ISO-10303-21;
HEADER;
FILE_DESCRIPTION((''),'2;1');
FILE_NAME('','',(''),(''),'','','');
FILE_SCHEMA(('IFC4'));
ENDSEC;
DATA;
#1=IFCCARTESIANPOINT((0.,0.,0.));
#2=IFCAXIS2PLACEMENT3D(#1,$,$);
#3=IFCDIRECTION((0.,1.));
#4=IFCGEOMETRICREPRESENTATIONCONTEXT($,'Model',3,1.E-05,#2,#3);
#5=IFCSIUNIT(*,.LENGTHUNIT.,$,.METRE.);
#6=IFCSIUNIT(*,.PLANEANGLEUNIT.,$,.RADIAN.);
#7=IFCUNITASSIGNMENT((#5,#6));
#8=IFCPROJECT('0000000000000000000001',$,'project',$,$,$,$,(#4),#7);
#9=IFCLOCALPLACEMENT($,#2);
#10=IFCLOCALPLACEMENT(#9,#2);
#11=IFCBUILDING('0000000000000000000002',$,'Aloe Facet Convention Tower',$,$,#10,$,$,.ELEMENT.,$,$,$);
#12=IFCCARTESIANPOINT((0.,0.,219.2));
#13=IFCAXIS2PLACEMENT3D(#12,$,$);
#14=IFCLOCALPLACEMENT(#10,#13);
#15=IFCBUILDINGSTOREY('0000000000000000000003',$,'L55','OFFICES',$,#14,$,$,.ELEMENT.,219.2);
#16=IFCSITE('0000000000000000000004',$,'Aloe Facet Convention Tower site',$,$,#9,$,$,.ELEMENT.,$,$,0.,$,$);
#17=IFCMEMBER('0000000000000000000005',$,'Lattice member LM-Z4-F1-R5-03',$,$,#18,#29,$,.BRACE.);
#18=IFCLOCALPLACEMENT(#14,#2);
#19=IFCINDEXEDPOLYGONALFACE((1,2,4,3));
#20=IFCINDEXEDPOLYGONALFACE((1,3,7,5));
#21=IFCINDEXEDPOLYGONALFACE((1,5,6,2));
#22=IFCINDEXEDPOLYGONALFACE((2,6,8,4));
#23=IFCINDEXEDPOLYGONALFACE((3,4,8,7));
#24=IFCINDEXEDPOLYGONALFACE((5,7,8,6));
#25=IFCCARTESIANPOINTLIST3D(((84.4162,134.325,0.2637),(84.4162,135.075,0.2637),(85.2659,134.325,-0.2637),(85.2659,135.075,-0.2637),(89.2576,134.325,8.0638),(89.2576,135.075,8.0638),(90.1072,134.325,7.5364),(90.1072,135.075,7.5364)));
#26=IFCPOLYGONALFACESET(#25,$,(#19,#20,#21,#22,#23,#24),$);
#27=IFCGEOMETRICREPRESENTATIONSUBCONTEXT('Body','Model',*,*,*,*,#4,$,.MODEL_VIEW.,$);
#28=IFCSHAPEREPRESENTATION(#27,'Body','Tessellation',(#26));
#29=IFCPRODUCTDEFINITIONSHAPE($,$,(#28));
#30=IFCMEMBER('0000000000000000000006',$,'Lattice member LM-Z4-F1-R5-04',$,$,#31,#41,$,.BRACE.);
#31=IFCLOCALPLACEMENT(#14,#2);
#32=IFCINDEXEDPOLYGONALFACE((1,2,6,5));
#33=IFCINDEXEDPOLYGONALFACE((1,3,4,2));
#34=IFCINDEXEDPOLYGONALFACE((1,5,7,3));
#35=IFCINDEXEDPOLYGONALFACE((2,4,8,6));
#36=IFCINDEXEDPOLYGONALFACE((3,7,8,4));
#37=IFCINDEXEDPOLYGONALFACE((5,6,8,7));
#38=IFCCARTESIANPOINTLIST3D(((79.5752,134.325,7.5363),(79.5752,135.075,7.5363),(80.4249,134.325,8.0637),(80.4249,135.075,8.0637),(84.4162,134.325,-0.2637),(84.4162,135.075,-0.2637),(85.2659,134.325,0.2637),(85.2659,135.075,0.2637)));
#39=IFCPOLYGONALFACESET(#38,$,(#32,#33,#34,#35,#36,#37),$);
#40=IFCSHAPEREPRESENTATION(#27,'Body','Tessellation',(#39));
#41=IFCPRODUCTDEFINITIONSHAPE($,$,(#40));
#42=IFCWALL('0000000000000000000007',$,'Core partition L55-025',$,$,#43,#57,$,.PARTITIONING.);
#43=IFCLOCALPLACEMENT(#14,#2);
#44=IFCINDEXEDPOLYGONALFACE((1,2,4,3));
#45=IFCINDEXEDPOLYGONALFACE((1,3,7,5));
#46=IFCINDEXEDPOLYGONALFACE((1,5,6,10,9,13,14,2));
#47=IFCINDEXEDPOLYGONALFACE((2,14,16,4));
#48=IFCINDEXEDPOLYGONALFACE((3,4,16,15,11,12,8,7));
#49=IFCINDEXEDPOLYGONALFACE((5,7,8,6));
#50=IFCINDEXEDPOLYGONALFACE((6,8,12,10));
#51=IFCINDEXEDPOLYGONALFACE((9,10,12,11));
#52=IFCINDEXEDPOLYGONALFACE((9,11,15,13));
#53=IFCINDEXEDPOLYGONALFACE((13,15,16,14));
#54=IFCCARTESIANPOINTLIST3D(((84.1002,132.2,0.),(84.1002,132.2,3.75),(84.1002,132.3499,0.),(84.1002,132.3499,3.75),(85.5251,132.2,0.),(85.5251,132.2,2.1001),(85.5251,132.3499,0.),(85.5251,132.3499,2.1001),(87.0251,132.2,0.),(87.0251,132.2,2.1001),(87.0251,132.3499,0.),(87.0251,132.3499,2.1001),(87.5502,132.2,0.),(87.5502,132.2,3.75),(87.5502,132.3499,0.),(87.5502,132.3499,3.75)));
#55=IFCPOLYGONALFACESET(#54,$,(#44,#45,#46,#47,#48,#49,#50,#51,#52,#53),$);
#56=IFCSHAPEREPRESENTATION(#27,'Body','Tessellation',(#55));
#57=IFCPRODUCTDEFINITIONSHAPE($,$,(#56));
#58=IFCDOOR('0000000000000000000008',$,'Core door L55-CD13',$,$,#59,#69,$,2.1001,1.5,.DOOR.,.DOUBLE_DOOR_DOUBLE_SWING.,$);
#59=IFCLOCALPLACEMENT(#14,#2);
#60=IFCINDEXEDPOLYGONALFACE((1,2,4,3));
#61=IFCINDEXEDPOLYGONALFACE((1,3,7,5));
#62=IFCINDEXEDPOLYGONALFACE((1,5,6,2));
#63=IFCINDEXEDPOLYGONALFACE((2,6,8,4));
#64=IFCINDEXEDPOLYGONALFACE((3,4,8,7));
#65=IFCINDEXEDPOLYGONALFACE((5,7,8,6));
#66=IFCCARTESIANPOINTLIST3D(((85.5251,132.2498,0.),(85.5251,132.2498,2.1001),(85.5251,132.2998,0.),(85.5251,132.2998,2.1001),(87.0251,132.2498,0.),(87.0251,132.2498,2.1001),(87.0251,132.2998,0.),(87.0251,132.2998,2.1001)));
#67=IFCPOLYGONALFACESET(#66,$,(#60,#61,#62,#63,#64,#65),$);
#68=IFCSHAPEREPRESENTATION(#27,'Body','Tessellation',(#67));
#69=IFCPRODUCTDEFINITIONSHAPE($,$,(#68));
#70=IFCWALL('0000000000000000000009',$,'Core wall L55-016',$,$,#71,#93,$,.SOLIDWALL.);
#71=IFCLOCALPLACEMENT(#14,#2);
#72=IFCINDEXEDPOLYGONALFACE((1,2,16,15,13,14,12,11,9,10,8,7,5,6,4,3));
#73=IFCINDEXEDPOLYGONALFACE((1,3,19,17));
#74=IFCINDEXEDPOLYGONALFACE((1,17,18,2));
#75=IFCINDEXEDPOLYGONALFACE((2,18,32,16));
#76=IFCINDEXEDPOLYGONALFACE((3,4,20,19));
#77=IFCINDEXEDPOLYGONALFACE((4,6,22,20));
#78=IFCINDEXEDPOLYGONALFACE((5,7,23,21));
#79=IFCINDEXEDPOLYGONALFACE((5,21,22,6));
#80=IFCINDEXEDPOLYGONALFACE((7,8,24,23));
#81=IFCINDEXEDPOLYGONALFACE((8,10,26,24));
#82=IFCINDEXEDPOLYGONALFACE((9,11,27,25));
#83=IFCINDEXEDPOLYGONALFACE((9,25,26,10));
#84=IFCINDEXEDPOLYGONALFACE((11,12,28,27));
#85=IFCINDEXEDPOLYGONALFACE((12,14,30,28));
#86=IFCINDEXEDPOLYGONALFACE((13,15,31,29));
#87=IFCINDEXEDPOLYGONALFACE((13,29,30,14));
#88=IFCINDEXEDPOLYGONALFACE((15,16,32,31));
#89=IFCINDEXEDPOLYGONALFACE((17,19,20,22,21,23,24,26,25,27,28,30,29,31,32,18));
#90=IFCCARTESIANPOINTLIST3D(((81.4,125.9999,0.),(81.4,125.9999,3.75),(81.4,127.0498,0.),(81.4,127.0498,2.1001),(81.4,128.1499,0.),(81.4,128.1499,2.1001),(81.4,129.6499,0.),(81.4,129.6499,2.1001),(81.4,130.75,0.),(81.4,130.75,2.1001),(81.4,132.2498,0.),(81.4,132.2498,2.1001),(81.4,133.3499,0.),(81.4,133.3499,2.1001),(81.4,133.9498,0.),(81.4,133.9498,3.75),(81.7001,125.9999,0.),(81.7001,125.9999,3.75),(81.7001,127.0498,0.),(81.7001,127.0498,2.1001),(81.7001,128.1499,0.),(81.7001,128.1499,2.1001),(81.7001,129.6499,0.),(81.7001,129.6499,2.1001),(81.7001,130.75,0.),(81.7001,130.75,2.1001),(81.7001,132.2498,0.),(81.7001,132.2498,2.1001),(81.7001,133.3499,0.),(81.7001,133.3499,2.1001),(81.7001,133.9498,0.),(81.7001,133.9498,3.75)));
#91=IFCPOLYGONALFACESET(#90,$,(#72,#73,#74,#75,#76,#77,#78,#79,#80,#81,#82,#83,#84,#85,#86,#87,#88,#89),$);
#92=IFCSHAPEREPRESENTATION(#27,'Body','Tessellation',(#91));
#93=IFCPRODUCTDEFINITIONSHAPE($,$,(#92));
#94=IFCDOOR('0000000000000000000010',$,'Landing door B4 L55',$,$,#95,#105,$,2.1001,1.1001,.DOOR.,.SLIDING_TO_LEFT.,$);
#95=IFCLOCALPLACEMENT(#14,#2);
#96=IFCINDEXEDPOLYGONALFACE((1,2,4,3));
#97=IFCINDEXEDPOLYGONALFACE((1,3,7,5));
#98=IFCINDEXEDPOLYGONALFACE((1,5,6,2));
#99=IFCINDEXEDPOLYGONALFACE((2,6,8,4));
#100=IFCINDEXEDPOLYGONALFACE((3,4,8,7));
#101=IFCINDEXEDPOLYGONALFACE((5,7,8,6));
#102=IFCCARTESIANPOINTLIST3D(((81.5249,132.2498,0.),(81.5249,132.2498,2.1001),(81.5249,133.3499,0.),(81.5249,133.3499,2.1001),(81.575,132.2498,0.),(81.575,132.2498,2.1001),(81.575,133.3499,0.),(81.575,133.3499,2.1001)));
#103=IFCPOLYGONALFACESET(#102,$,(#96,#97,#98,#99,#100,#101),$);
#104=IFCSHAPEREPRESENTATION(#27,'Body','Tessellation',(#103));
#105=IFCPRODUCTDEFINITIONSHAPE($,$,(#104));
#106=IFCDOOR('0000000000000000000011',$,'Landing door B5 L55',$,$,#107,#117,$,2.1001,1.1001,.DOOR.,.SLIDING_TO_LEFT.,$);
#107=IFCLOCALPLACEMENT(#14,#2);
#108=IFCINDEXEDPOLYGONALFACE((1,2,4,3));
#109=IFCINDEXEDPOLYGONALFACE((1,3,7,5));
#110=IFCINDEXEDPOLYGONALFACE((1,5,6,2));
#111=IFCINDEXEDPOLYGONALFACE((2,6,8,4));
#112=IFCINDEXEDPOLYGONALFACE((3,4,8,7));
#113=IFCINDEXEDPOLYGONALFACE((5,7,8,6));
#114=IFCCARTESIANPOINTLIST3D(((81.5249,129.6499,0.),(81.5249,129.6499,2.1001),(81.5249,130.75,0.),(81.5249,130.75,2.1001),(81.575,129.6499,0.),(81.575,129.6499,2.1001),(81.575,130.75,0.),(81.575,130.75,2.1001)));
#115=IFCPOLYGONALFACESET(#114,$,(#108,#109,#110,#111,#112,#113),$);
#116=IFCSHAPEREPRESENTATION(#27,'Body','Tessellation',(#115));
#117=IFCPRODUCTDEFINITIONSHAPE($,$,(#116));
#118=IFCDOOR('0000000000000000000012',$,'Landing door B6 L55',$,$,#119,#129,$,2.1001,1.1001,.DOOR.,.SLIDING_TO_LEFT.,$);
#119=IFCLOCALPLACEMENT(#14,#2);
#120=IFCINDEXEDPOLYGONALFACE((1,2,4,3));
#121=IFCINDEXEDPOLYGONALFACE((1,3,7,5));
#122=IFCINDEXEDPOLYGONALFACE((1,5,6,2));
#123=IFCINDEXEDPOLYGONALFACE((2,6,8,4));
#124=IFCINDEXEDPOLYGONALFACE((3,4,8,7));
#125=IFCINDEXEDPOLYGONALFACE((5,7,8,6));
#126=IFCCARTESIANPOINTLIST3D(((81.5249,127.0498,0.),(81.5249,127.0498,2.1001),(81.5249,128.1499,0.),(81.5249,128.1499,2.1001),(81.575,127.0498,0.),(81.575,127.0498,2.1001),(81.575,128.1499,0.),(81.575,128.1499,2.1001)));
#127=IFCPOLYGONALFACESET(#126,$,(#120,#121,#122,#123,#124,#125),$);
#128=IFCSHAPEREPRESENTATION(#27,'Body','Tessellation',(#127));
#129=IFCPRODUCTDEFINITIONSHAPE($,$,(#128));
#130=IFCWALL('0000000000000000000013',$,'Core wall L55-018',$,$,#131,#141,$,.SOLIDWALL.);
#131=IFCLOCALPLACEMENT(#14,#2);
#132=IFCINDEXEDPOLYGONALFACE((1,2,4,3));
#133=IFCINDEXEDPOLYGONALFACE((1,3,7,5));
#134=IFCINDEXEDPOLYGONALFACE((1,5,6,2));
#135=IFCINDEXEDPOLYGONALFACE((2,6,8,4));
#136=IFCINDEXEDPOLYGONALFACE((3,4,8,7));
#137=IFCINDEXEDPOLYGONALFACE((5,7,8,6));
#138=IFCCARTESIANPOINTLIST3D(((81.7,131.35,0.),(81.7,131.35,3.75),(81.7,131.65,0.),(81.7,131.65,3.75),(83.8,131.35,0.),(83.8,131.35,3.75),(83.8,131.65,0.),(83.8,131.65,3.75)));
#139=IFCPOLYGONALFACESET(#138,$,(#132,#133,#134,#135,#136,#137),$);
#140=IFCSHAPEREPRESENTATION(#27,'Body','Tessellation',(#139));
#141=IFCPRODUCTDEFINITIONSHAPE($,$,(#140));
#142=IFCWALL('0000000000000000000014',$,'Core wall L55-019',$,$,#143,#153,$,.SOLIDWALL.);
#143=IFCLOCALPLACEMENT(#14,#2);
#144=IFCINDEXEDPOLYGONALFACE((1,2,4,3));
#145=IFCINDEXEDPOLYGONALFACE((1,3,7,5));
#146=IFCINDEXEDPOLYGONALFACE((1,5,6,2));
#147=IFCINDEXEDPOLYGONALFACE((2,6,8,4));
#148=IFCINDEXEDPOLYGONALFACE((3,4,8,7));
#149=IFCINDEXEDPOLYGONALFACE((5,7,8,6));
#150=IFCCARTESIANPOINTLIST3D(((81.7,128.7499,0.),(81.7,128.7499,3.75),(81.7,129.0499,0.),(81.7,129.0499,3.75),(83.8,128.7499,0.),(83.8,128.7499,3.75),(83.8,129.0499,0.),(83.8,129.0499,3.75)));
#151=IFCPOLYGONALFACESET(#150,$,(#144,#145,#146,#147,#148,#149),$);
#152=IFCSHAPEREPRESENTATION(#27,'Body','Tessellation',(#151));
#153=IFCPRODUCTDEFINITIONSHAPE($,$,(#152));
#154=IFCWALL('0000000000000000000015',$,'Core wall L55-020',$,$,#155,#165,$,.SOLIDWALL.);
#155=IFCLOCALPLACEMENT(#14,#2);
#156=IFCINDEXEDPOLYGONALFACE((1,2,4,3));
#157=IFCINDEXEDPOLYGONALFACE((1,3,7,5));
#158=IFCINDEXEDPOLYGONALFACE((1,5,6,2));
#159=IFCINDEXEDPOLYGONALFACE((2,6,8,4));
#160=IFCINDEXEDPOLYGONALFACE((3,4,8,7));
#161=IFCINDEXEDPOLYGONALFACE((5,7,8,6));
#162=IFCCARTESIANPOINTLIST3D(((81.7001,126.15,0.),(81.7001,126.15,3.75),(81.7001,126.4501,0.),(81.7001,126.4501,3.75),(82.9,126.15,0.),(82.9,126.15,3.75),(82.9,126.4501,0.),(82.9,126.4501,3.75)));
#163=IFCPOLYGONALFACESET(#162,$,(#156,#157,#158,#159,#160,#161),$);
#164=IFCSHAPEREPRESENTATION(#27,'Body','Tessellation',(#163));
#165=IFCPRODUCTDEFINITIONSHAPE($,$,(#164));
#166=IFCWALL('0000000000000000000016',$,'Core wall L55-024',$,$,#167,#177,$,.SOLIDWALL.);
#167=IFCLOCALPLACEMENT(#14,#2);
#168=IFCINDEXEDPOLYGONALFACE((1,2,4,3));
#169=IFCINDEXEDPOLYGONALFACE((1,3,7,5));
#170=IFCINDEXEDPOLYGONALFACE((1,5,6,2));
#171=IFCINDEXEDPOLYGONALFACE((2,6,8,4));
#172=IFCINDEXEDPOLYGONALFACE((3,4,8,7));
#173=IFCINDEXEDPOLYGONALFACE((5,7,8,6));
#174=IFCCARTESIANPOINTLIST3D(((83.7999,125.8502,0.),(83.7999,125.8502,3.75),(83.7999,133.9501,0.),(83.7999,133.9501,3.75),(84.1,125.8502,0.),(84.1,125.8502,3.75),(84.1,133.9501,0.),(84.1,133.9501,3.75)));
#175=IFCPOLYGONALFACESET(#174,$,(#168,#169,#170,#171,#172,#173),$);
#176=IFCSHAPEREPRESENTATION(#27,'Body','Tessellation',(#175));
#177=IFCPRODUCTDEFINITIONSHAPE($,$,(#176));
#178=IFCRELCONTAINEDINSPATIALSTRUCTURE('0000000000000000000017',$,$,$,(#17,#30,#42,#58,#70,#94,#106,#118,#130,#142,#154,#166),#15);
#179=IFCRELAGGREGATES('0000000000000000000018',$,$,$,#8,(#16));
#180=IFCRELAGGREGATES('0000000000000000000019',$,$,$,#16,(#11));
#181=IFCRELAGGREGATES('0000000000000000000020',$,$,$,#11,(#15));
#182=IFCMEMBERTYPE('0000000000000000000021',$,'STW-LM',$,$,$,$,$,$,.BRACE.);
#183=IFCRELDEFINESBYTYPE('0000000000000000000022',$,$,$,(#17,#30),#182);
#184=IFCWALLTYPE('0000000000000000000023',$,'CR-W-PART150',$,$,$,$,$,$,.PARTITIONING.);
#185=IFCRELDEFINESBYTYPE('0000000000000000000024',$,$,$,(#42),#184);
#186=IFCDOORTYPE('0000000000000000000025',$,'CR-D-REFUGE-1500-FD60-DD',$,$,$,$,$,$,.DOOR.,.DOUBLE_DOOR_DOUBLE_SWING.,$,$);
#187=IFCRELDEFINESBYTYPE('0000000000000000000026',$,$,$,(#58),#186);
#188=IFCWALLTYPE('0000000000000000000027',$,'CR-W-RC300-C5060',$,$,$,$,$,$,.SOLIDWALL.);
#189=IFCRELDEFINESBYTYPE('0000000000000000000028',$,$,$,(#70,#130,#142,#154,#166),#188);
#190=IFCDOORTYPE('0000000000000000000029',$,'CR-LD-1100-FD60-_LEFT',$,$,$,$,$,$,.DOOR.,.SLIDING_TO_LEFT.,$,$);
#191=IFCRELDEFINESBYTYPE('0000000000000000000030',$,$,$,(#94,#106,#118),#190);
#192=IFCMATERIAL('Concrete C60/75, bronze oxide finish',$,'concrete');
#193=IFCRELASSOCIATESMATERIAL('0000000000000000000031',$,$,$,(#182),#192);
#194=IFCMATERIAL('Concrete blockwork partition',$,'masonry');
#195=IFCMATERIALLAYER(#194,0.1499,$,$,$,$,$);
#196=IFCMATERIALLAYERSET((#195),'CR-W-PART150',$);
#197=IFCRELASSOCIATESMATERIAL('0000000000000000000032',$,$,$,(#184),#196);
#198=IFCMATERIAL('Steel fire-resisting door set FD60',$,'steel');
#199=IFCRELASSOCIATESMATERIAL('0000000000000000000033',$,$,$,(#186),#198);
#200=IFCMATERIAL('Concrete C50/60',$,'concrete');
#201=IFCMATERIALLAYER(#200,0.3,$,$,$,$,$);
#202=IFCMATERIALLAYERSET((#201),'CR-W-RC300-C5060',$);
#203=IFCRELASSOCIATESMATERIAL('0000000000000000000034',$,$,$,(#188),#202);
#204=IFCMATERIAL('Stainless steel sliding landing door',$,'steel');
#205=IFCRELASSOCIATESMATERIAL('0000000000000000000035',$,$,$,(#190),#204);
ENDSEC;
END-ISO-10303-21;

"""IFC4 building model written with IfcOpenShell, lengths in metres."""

from ifc_helpers import new_model, si_unit, direction, frame, frame_2d, origin, origin_2d, place, context, subcontext, project, spatial, rectangle, extrude, material, layer, layer_set, material_profile, profile_set, type_object, element, fill, save


model = new_model("IFC4")

# Units and contexts
model_context = context("Model", 3, precision=1e-05, world=origin(), true_north=direction((0.0, 1.0)))
body_context = subcontext(model_context, "Body", "Model", "MODEL_VIEW")
ifc_project = project(units=[si_unit("LENGTHUNIT", "METRE"), si_unit("PLANEANGLEUNIT", "RADIAN")], contexts=[model_context])

# Site, building, storey
site_placement = place(None, origin())
site = spatial("IfcSite", under=ifc_project, at=site_placement, Name="Aloe Facet Convention Tower site", CompositionType="ELEMENT", RefElevation=0.0)
building_placement = place(site_placement, origin())
building = spatial("IfcBuilding", under=site, at=building_placement, Name="Aloe Facet Convention Tower", CompositionType="ELEMENT")
storey_placement = place(building_placement, frame((0.0, 0.0, 219.2)))
storey = spatial("IfcBuildingStorey", under=building, at=storey_placement, Name="L55", Description="OFFICES", CompositionType="ELEMENT", Elevation=219.2)

# Members
ifc_material_1 = material(Name="Concrete C60/75, bronze oxide finish", Category="concrete")
ifc_material_profile = material_profile(ifc_material_1, rectangle(XDim=0.75, YDim=1.0, at=origin_2d()), Name="STW-LM")
ifc_profile_set = profile_set([ifc_material_profile], Name="Concrete C60/75, bronze oxide finish")
member_type = type_object("IfcMemberType", Name="STW-LM", PredefinedType="BRACE", material=ifc_profile_set)
member_1_placement = place(storey_placement, frame((84.8411, 134.7, 0.0), z_axis=(0.527355, 0.0, 0.849645), x_axis=(0.0, 1.0, 0.0)))
element("IfcMember", 1, at=member_1_placement, inside=storey, type_object=member_type, Name="Lattice member LM-Z4-F1-R5-03", PredefinedType="BRACE", context=body_context, shape_type="SweptSolid", body=[
    extrude(rectangle(XDim=0.75, YDim=1.0, at=origin_2d()), origin(), (0.0, 0.0, 1.0), 9.1804),
])
member_2_placement = place(storey_placement, frame((84.8411, 134.7, 0.0), z_axis=(-0.527336, 0.0, 0.849657), x_axis=(0.0, -1.0, 0.0)))
element("IfcMember", 2, at=member_2_placement, inside=storey, type_object=member_type, Name="Lattice member LM-Z4-F1-R5-04", PredefinedType="BRACE", context=body_context, shape_type="SweptSolid", body=[
    extrude(rectangle(XDim=0.75, YDim=1.0, at=origin_2d()), origin(), (0.0, 0.0, 1.0), 9.1802),
])

# Wall, opening, door
ifc_material_2 = material(Name="Concrete blockwork partition", Category="masonry")
ifc_layer_1 = layer(ifc_material_2, 0.1499)
ifc_layer_set_1 = layer_set([ifc_layer_1], Name="CR-W-PART150")
wall_type_1 = type_object("IfcWallType", Name="CR-W-PART150", PredefinedType="PARTITIONING", material=ifc_layer_set_1)
wall_1_placement = place(storey_placement, frame((84.1001, 132.2749, 0.0), z_axis=(0.0, 0.0, 1.0), x_axis=(1.0, 0.0, 0.0)))
wall_1 = element("IfcWall", 3, at=wall_1_placement, inside=storey, type_object=wall_type_1, Name="Core partition L55-025", PredefinedType="PARTITIONING", context=body_context, shape_type="SweptSolid", body=[
    extrude(rectangle(XDim=3.45, YDim=0.1499, at=frame_2d((1.7251, 0.0))), origin(), (0.0, 0.0, 1.0), 3.75),
])
opening_1_placement = place(wall_1_placement, frame((1.425, 0.0, 0.0)))
opening_1 = element("IfcOpeningElement", 4, at=opening_1_placement, cuts=wall_1, PredefinedType="OPENING", context=body_context, shape_type="SweptSolid", body=[
    extrude(rectangle(XDim=1.5, YDim=2.1001, at=frame_2d((0.75, 1.05))), frame((0.0, 0.085, 0.0), z_axis=(0.0, -1.0, 0.0), x_axis=(1.0, 0.0, 0.0)), (0.0, 0.0, 1.0), 0.1699),
])
ifc_material_3 = material(Name="Steel fire-resisting door set FD60", Category="steel")
door_type_1 = type_object("IfcDoorType", Name="CR-D-REFUGE-1500-FD60-DD", OperationType="DOUBLE_DOOR_DOUBLE_SWING", PredefinedType="DOOR", material=ifc_material_3)
door_1_placement = place(opening_1_placement, origin())
door_1 = element("IfcDoor", 5, at=door_1_placement, inside=storey, type_object=door_type_1, Name="Core door L55-CD13", OperationType="DOUBLE_DOOR_DOUBLE_SWING", OverallHeight=2.1001, OverallWidth=1.5, PredefinedType="DOOR", context=body_context, shape_type="SweptSolid", body=[
    extrude(rectangle(XDim=1.5, YDim=2.1001, at=frame_2d((0.75, 1.05))), frame((0.0, 0.0249, 0.0), z_axis=(0.0, -1.0, 0.0), x_axis=(1.0, 0.0, 0.0)), (0.0, 0.0, 1.0), 0.05),
])
fill(opening_1, door_1)

# Wall, openings, doors
ifc_material_4 = material(Name="Concrete C50/60", Category="concrete")
ifc_layer_2 = layer(ifc_material_4, 0.3)
ifc_layer_set_2 = layer_set([ifc_layer_2], Name="CR-W-RC300-C5060")
wall_type_2 = type_object("IfcWallType", Name="CR-W-RC300-C5060", PredefinedType="SOLIDWALL", material=ifc_layer_set_2)
wall_2_placement = place(storey_placement, frame((81.55, 133.95, 0.0), z_axis=(0.0, 0.0, 1.0), x_axis=(0.0, -1.0, 0.0)))
wall_2 = element("IfcWall", 6, at=wall_2_placement, inside=storey, type_object=wall_type_2, Name="Core wall L55-016", PredefinedType="SOLIDWALL", context=body_context, shape_type="SweptSolid", body=[
    extrude(rectangle(XDim=7.95, YDim=0.3, at=frame_2d((3.9751, 0.0))), origin(), (0.0, 0.0, 1.0), 3.75),
])
opening_2_placement = place(wall_2_placement, frame((0.6001, 0.0, 0.0)))
opening_2 = element("IfcOpeningElement", 7, at=opening_2_placement, cuts=wall_2, PredefinedType="OPENING", context=body_context, shape_type="SweptSolid", body=[
    extrude(rectangle(XDim=1.1001, YDim=2.1001, at=frame_2d((0.55, 1.05))), frame((0.0, 0.1602, 0.0), z_axis=(0.0, -1.0, 0.0), x_axis=(1.0, 0.0, 0.0)), (0.0, 0.0, 1.0), 0.3201),
])
opening_3_placement = place(wall_2_placement, frame((3.2, 0.0, 0.0)))
opening_3 = element("IfcOpeningElement", 8, at=opening_3_placement, cuts=wall_2, PredefinedType="OPENING", context=body_context, shape_type="SweptSolid", body=[
    extrude(rectangle(XDim=1.1001, YDim=2.1001, at=frame_2d((0.55, 1.05))), frame((0.0, 0.1602, 0.0), z_axis=(0.0, -1.0, 0.0), x_axis=(1.0, 0.0, 0.0)), (0.0, 0.0, 1.0), 0.3201),
])
opening_4_placement = place(wall_2_placement, frame((5.8, 0.0, 0.0)))
opening_4 = element("IfcOpeningElement", 9, at=opening_4_placement, cuts=wall_2, PredefinedType="OPENING", context=body_context, shape_type="SweptSolid", body=[
    extrude(rectangle(XDim=1.1001, YDim=2.1001, at=frame_2d((0.55, 1.05))), frame((0.0, 0.1602, 0.0), z_axis=(0.0, -1.0, 0.0), x_axis=(1.0, 0.0, 0.0)), (0.0, 0.0, 1.0), 0.3201),
])
ifc_material_5 = material(Name="Stainless steel sliding landing door", Category="steel")
door_type_2 = type_object("IfcDoorType", Name="CR-LD-1100-FD60-_LEFT", OperationType="SLIDING_TO_LEFT", PredefinedType="DOOR", material=ifc_material_5)
door_2_placement = place(opening_2_placement, origin())
door_2 = element("IfcDoor", 10, at=door_2_placement, inside=storey, type_object=door_type_2, Name="Landing door B4 L55", OperationType="SLIDING_TO_LEFT", OverallHeight=2.1001, OverallWidth=1.1001, PredefinedType="DOOR", context=body_context, shape_type="SweptSolid", body=[
    extrude(rectangle(XDim=1.1001, YDim=2.1001, at=frame_2d((0.55, 1.05))), frame((0.0, 0.0249, 0.0), z_axis=(0.0, -1.0, 0.0), x_axis=(1.0, 0.0, 0.0)), (0.0, 0.0, 1.0), 0.05),
])
fill(opening_2, door_2)
door_3_placement = place(opening_3_placement, origin())
door_3 = element("IfcDoor", 11, at=door_3_placement, inside=storey, type_object=door_type_2, Name="Landing door B5 L55", OperationType="SLIDING_TO_LEFT", OverallHeight=2.1001, OverallWidth=1.1001, PredefinedType="DOOR", context=body_context, shape_type="SweptSolid", body=[
    extrude(rectangle(XDim=1.1001, YDim=2.1001, at=frame_2d((0.55, 1.05))), frame((0.0, 0.0249, 0.0), z_axis=(0.0, -1.0, 0.0), x_axis=(1.0, 0.0, 0.0)), (0.0, 0.0, 1.0), 0.05),
])
fill(opening_3, door_3)
door_4_placement = place(opening_4_placement, origin())
door_4 = element("IfcDoor", 12, at=door_4_placement, inside=storey, type_object=door_type_2, Name="Landing door B6 L55", OperationType="SLIDING_TO_LEFT", OverallHeight=2.1001, OverallWidth=1.1001, PredefinedType="DOOR", context=body_context, shape_type="SweptSolid", body=[
    extrude(rectangle(XDim=1.1001, YDim=2.1001, at=frame_2d((0.55, 1.05))), frame((0.0, 0.0249, 0.0), z_axis=(0.0, -1.0, 0.0), x_axis=(1.0, 0.0, 0.0)), (0.0, 0.0, 1.0), 0.05),
])
fill(opening_4, door_4)

# Walls
for number, where, z_axis, x_axis, name in (
    (13, (81.7, 131.5, 0.0), (0.0, 0.0, 1.0), (1.0, 0.0, 0.0), "Core wall L55-018"),
    (14, (81.7, 128.8999, 0.0), (0.0, 0.0, 1.0), (1.0, 0.0, 0.0), "Core wall L55-019"),
):
    element("IfcWall", number, at=place(storey_placement, frame(where, z_axis=z_axis, x_axis=x_axis)), inside=storey, type_object=wall_type_2, Name=name, PredefinedType="SOLIDWALL", context=body_context, shape_type="SweptSolid", body=[
        extrude(rectangle(XDim=2.1001, YDim=0.3, at=frame_2d((1.05, 0.0))), origin(), (0.0, 0.0, 1.0), 3.75),
    ])
wall_3_placement = place(storey_placement, frame((81.7, 126.3, 0.0), z_axis=(0.0, 0.0, 1.0), x_axis=(1.0, 0.0, 0.0)))
element("IfcWall", 15, at=wall_3_placement, inside=storey, type_object=wall_type_2, Name="Core wall L55-020", PredefinedType="SOLIDWALL", context=body_context, shape_type="SweptSolid", body=[
    extrude(rectangle(XDim=1.2, YDim=0.3, at=frame_2d((0.6001, 0.0))), origin(), (0.0, 0.0, 1.0), 3.75),
])
wall_4_placement = place(storey_placement, frame((83.95, 133.95, 0.0), z_axis=(0.0, 0.0, 1.0), x_axis=(0.0, -1.0, 0.0)))
element("IfcWall", 16, at=wall_4_placement, inside=storey, type_object=wall_type_2, Name="Core wall L55-024", PredefinedType="SOLIDWALL", context=body_context, shape_type="SweptSolid", body=[
    extrude(rectangle(XDim=8.0999, YDim=0.3, at=frame_2d((4.0498, 0.0))), origin(), (0.0, 0.0, 1.0), 3.75),
])

save(model, "model.ifc")
